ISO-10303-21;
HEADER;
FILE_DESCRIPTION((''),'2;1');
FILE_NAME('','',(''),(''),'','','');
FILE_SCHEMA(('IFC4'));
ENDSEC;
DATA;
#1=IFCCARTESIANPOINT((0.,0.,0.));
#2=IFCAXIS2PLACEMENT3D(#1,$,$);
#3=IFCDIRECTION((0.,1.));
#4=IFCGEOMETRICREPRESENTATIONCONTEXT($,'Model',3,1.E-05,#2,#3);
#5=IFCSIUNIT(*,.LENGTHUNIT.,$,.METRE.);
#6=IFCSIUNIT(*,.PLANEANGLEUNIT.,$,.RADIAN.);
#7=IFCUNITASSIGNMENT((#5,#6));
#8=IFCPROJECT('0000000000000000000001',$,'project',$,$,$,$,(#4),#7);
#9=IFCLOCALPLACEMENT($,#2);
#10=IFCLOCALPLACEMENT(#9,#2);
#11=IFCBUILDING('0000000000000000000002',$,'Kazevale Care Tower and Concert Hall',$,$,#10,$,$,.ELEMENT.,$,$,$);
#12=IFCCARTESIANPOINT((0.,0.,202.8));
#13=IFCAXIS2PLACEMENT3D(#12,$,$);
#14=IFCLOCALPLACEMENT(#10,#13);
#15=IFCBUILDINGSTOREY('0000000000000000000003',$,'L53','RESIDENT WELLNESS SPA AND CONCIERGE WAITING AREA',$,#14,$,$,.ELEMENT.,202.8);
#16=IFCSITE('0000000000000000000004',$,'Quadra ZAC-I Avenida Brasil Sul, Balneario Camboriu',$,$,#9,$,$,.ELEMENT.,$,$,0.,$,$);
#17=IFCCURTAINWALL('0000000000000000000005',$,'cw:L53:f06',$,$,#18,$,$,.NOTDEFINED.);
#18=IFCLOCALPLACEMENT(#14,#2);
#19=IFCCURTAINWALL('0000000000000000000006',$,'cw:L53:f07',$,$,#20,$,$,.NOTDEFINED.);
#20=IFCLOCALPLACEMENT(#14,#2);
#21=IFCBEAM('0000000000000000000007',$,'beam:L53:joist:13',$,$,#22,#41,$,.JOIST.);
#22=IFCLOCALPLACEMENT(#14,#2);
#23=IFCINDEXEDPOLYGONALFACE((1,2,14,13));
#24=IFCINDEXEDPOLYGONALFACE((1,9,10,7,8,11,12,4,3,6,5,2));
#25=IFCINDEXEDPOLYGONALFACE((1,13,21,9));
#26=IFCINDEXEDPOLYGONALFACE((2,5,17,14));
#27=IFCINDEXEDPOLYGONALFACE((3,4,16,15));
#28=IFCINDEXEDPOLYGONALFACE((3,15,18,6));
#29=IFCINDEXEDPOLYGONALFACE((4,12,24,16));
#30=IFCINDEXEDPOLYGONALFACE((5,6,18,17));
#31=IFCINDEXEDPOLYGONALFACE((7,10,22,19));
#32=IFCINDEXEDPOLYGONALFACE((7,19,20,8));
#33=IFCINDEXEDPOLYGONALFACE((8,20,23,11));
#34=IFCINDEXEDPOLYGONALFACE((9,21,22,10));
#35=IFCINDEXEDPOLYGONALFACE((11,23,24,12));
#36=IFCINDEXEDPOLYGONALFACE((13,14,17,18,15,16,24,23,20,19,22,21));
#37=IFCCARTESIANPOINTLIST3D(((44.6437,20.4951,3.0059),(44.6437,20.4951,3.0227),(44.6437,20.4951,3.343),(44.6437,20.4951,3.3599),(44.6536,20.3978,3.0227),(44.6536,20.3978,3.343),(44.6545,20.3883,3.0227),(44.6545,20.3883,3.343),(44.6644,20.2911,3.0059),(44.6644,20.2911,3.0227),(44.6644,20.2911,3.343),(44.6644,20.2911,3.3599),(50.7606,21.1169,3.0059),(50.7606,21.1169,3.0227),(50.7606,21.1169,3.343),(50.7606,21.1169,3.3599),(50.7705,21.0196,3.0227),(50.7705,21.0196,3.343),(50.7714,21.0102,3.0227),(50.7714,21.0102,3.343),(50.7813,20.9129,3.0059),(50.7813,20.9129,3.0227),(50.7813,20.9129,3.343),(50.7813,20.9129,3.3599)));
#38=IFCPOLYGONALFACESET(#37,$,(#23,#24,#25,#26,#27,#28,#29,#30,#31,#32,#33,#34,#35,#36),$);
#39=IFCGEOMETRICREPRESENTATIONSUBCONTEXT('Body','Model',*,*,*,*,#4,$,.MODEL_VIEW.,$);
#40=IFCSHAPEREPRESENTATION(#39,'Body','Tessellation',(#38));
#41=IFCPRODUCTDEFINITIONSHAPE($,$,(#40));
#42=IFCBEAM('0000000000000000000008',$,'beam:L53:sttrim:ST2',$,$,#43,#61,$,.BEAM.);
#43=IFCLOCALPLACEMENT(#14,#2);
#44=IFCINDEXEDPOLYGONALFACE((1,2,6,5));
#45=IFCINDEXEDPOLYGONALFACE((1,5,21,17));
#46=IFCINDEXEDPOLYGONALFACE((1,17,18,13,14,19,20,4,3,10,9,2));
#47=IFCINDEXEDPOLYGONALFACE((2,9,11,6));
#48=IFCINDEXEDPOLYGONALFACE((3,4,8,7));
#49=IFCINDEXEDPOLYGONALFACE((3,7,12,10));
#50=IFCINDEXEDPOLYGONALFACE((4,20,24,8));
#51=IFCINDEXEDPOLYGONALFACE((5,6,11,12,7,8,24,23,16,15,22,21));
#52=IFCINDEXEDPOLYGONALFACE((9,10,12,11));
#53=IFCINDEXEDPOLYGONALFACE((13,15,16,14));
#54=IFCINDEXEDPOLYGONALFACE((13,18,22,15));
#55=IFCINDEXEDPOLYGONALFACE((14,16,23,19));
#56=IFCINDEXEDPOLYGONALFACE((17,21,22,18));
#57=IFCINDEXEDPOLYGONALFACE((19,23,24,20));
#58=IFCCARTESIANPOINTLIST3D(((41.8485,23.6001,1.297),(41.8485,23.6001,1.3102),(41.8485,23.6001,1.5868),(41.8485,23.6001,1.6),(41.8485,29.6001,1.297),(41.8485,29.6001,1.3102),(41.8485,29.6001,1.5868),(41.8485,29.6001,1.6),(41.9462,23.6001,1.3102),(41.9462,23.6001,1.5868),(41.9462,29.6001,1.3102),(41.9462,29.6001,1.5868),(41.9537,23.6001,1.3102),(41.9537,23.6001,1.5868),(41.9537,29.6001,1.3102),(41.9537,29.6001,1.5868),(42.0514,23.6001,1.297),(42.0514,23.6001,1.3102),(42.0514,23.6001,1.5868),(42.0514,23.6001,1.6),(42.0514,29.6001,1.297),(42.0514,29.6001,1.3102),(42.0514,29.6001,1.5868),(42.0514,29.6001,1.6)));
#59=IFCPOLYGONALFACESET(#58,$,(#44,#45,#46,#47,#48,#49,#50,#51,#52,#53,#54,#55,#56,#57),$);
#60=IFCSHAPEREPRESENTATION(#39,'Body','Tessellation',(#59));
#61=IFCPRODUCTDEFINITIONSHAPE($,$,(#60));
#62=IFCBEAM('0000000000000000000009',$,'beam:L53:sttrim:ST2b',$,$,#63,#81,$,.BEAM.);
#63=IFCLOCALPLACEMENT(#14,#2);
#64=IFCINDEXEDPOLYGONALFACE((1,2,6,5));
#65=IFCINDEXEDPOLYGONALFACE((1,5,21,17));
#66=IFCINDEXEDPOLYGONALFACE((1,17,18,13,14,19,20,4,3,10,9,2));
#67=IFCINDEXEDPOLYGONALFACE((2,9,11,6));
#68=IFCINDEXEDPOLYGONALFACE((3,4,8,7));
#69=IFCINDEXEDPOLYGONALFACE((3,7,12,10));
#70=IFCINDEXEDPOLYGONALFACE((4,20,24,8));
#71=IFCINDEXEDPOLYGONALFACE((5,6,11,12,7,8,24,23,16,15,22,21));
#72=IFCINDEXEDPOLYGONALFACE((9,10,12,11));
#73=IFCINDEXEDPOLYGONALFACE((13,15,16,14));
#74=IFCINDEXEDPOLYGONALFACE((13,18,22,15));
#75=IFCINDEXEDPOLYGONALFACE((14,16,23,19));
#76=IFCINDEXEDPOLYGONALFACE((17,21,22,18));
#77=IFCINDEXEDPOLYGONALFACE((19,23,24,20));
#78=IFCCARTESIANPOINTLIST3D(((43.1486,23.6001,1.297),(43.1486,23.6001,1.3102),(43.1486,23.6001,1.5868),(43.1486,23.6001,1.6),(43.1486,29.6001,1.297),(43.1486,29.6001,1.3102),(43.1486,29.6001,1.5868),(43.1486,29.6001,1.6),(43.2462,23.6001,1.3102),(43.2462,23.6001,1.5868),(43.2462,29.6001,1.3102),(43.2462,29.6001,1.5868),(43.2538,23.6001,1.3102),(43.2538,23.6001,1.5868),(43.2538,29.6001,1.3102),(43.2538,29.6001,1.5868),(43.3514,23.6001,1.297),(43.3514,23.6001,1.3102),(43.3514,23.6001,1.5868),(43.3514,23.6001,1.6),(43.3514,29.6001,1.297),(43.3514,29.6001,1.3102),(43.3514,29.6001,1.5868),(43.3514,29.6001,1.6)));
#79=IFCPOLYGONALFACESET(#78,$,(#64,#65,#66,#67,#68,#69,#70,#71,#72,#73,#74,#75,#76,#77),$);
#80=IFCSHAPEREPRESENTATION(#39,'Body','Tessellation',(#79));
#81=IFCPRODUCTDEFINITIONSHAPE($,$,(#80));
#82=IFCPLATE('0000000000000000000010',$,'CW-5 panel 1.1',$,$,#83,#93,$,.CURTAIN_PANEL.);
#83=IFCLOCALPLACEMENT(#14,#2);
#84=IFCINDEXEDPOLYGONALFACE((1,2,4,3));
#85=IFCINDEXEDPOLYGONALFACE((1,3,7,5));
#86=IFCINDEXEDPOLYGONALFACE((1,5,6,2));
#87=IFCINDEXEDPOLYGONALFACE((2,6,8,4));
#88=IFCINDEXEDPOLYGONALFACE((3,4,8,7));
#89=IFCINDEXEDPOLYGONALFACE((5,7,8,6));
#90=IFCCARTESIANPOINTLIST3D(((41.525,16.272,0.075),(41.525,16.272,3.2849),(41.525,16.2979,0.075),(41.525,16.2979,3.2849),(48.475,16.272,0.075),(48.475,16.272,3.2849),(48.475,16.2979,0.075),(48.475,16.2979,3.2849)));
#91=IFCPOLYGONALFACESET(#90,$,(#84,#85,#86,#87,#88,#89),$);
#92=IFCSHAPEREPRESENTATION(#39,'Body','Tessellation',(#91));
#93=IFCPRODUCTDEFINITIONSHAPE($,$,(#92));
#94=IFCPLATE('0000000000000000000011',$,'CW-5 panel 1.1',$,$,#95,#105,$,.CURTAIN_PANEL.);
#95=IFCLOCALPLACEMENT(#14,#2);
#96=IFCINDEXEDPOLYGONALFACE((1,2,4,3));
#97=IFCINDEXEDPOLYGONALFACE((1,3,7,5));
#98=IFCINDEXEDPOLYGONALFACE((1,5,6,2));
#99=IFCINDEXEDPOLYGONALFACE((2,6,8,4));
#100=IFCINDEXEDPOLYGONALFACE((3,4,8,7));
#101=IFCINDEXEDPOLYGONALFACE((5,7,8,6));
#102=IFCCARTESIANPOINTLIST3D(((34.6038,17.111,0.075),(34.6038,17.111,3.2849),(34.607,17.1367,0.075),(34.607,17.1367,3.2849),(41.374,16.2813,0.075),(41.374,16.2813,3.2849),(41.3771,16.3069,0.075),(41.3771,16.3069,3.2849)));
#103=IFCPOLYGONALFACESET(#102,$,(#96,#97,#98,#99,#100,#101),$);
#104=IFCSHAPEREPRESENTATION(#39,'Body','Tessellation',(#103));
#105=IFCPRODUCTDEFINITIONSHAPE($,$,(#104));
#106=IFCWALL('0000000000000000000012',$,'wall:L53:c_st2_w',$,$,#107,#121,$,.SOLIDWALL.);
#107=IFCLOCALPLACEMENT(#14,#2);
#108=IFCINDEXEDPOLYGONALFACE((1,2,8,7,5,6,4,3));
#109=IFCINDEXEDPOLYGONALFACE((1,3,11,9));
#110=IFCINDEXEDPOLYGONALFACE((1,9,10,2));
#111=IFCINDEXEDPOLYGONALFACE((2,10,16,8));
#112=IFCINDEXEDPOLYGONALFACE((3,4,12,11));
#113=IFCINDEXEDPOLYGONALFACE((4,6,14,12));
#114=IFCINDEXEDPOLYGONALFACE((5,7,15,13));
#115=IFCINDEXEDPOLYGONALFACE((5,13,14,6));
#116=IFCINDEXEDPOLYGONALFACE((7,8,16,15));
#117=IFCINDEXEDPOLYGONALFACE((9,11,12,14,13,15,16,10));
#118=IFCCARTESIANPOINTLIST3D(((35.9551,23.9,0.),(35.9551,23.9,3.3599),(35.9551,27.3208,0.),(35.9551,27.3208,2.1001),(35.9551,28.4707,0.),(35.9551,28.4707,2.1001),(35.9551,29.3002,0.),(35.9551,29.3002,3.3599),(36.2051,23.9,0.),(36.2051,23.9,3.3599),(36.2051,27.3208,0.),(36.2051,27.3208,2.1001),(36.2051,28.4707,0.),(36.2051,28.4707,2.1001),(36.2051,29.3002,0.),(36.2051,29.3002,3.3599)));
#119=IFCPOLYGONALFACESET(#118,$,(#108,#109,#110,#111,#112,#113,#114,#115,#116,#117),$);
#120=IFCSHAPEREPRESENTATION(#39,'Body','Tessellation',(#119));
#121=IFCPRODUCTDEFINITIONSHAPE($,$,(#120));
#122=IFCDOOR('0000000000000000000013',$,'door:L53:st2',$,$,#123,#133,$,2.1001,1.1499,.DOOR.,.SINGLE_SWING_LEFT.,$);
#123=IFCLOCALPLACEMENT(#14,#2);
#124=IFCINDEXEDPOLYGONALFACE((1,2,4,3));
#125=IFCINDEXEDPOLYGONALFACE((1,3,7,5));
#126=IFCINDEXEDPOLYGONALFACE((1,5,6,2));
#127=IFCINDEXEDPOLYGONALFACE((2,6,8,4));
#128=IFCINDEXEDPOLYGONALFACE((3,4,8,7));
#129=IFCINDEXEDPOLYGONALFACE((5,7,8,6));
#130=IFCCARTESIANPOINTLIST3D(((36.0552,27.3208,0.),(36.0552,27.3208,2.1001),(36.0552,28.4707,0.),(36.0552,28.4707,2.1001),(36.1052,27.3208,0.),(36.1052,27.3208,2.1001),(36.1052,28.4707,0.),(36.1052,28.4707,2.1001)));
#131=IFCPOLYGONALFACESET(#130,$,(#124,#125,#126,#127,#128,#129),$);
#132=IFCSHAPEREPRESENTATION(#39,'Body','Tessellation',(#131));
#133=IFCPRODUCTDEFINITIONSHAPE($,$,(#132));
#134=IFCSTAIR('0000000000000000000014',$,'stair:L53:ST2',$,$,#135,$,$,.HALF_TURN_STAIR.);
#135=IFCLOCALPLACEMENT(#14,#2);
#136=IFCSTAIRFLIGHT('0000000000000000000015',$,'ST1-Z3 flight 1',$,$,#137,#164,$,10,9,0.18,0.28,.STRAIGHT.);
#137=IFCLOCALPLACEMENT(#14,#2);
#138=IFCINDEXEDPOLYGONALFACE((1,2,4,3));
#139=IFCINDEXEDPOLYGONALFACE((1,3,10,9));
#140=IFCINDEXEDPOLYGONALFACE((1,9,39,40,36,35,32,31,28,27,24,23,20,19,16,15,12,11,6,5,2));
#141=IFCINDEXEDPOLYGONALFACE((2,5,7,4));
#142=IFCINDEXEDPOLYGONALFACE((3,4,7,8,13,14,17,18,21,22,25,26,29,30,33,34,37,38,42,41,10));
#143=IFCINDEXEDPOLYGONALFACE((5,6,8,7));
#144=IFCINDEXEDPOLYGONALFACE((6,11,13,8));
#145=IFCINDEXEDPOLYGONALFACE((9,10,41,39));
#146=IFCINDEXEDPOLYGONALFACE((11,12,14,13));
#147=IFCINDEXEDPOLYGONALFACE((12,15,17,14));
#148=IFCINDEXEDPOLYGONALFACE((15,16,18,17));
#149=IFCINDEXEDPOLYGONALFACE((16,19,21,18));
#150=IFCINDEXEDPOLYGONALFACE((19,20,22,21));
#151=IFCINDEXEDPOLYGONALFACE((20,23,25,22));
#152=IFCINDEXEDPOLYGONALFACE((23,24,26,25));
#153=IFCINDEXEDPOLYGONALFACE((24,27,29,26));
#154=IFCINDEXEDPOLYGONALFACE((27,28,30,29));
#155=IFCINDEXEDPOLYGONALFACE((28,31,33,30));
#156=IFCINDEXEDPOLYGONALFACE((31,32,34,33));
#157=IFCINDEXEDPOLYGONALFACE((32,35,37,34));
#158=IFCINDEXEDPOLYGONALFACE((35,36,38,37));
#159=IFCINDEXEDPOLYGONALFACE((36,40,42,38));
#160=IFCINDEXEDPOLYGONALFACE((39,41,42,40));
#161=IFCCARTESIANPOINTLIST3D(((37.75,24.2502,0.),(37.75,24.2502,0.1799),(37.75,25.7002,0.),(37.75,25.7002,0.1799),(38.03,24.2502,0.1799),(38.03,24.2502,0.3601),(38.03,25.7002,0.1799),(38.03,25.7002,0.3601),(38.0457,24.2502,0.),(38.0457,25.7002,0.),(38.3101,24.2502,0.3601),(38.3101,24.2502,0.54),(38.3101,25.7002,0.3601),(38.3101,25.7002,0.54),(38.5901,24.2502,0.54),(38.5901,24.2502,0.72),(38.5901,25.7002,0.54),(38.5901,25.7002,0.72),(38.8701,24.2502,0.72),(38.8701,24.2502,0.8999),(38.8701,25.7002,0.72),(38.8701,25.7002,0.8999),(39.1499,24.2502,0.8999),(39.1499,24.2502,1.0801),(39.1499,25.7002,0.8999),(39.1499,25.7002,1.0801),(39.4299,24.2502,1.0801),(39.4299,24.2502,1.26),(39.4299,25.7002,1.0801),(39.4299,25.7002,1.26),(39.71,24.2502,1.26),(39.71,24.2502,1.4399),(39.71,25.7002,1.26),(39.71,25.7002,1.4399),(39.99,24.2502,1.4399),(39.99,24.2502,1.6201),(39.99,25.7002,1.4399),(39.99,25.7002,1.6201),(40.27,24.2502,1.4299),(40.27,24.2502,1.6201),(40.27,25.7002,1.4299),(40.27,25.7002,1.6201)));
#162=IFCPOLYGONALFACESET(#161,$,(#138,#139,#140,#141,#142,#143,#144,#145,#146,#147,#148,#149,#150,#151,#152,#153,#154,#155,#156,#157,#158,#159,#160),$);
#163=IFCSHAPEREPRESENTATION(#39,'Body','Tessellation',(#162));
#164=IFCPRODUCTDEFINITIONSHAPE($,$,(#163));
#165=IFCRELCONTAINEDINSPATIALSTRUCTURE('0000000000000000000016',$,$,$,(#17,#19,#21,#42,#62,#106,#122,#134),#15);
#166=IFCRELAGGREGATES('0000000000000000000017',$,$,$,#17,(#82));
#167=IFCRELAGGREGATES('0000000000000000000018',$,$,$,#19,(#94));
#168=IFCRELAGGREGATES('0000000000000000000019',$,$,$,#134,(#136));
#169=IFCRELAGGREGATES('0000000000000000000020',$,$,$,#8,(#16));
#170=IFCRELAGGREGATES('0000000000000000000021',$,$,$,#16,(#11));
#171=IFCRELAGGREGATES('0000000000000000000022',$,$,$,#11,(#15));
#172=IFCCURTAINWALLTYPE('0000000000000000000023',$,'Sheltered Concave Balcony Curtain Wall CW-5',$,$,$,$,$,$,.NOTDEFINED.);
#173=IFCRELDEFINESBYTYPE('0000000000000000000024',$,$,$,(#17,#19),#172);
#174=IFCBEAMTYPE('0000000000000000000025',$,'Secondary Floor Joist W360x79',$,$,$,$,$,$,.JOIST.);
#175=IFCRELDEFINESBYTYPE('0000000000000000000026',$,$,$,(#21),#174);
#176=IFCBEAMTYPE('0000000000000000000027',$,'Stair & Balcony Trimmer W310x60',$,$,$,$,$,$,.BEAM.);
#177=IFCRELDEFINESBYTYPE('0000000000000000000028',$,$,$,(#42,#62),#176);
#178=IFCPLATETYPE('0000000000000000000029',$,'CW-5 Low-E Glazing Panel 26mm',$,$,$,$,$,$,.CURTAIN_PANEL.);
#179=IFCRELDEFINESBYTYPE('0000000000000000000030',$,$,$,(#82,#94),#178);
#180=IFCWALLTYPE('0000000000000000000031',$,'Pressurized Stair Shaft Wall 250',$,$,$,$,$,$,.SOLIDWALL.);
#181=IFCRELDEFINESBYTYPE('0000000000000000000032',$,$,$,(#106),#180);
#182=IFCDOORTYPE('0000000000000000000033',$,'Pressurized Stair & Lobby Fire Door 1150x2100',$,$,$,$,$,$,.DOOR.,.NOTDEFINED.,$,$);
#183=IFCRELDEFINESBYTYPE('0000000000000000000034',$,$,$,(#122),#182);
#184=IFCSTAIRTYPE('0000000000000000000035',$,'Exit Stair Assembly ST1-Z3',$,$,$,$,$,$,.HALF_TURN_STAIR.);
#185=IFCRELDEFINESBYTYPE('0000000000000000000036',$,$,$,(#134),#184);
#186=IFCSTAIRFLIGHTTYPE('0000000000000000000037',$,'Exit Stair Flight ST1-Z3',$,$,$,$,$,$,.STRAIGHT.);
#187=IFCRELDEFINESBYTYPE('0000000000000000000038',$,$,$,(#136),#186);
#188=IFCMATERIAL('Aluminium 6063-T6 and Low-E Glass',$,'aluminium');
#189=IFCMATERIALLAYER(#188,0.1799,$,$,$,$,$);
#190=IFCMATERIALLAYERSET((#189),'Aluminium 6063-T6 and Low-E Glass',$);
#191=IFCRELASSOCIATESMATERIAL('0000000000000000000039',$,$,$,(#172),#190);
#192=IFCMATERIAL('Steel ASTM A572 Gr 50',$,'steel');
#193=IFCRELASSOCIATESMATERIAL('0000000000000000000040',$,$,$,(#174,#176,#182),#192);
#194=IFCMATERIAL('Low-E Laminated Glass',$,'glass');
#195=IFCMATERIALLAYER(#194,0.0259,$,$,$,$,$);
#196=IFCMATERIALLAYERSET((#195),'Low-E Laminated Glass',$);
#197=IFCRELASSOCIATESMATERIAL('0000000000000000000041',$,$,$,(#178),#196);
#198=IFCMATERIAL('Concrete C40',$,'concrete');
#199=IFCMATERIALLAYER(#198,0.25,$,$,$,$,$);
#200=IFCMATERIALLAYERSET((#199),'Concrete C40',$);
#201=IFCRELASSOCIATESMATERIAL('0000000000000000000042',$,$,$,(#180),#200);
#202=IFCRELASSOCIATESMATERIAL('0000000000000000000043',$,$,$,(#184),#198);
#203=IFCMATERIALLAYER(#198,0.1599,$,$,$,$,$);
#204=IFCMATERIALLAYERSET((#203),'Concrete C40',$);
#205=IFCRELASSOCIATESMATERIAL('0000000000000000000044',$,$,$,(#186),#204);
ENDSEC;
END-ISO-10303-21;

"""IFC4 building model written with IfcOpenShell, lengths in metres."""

from ifc_helpers import new_model, si_unit, direction, frame, frame_2d, origin, origin_2d, place, context, subcontext, project, spatial, polyline, rectangle, i_section, outline, extrude, material, layer, layer_set, material_profile, profile_set, type_object, element, fill, aggregate, save


model = new_model("IFC4")

# Units and contexts
model_context = context("Model", 3, precision=1e-05, world=origin(), true_north=direction((0.0, 1.0)))
body_context = subcontext(model_context, "Body", "Model", "MODEL_VIEW")
ifc_project = project(units=[si_unit("LENGTHUNIT", "METRE"), si_unit("PLANEANGLEUNIT", "RADIAN")], contexts=[model_context])

# Site, building, storey
site_placement = place(None, origin())
site = spatial("IfcSite", under=ifc_project, at=site_placement, Name="Quadra ZAC-I Avenida Brasil Sul, Balneario Camboriu", CompositionType="ELEMENT", RefElevation=0.0)
building_placement = place(site_placement, origin())
building = spatial("IfcBuilding", under=site, at=building_placement, Name="Kazevale Care Tower and Concert Hall", CompositionType="ELEMENT")
storey_placement = place(building_placement, frame((0.0, 0.0, 202.8)))
storey = spatial("IfcBuildingStorey", under=building, at=storey_placement, Name="L53", Description="RESIDENT WELLNESS SPA AND CONCIERGE WAITING AREA", CompositionType="ELEMENT", Elevation=202.8)

# Curtain wall
ifc_material_1 = material(Name="Aluminium 6063-T6 and Low-E Glass", Category="aluminium")
ifc_layer_1 = layer(ifc_material_1, 0.1799)
ifc_layer_set_1 = layer_set([ifc_layer_1], Name="Aluminium 6063-T6 and Low-E Glass")
curtain_wall_type = type_object("IfcCurtainWallType", Name="Sheltered Concave Balcony Curtain Wall CW-5", PredefinedType="NOTDEFINED", material=ifc_layer_set_1)
curtain_wall_1_placement = place(storey_placement, origin())
curtain_wall_1 = element("IfcCurtainWall", 1, at=curtain_wall_1_placement, inside=storey, type_object=curtain_wall_type, Name="cw:L53:f06", PredefinedType="NOTDEFINED")

# Curtain wall
curtain_wall_2_placement = place(storey_placement, origin())
curtain_wall_2 = element("IfcCurtainWall", 2, at=curtain_wall_2_placement, inside=storey, type_object=curtain_wall_type, Name="cw:L53:f07", PredefinedType="NOTDEFINED")

# Beams
ifc_material_2 = material(Name="Steel ASTM A572 Gr 50", Category="steel")
ifc_material_profile_1 = material_profile(ifc_material_2, i_section(OverallWidth=0.2051, OverallDepth=0.354, WebThickness=0.0095, FlangeThickness=0.0168, at=origin_2d()), Name="W360x79")
ifc_profile_set_1 = profile_set([ifc_material_profile_1], Name="Steel ASTM A572 Gr 50")
beam_type_1 = type_object("IfcBeamType", Name="Secondary Floor Joist W360x79", PredefinedType="JOIST", material=ifc_profile_set_1)
beam_1_placement = place(storey_placement, frame((44.6541, 20.3931, 3.1829), z_axis=(0.994873, 0.101135, 0.0), x_axis=(-0.101135, 0.994873, 0.0)))
element("IfcBeam", 3, at=beam_1_placement, inside=storey, type_object=beam_type_1, Name="beam:L53:joist:13", PredefinedType="JOIST", context=body_context, shape_type="SweptSolid", body=[
    extrude(i_section(OverallWidth=0.2051, OverallDepth=0.354, WebThickness=0.0095, FlangeThickness=0.0168, at=origin_2d()), origin(), (0.0, 0.0, 1.0), 6.1484),
])
ifc_material_profile_2 = material_profile(ifc_material_2, i_section(OverallWidth=0.2029, OverallDepth=0.303, WebThickness=0.0076, FlangeThickness=0.0132, at=origin_2d()), Name="W310x60")
ifc_profile_set_2 = profile_set([ifc_material_profile_2], Name="Steel ASTM A572 Gr 50")
beam_type_2 = type_object("IfcBeamType", Name="Stair & Balcony Trimmer W310x60", PredefinedType="BEAM", material=ifc_profile_set_2)
for number, where, z_axis, x_axis, name in (
    (4, (41.95, 23.6001, 1.4485), (0.0, 1.0, 0.0), (-1.0, 0.0, 0.0), "beam:L53:sttrim:ST2"),
    (5, (43.25, 23.6001, 1.4485), (0.0, 1.0, 0.0), (-1.0, 0.0, 0.0), "beam:L53:sttrim:ST2b"),
):
    element("IfcBeam", number, at=place(storey_placement, frame(where, z_axis=z_axis, x_axis=x_axis)), inside=storey, type_object=beam_type_2, Name=name, PredefinedType="BEAM", context=body_context, shape_type="SweptSolid", body=[
        extrude(i_section(OverallWidth=0.2029, OverallDepth=0.303, WebThickness=0.0076, FlangeThickness=0.0132, at=origin_2d()), origin(), (0.0, 0.0, 1.0), 6.0),
    ])

# Plates
ifc_material_3 = material(Name="Low-E Laminated Glass", Category="glass")
ifc_layer_2 = layer(ifc_material_3, 0.0259)
ifc_layer_set_2 = layer_set([ifc_layer_2], Name="Low-E Laminated Glass")
plate_type = type_object("IfcPlateType", Name="CW-5 Low-E Glazing Panel 26mm", PredefinedType="CURTAIN_PANEL", material=ifc_layer_set_2)
plate_1_placement = place(storey_placement, frame((45.0, 16.2849, 0.075), z_axis=(0.0, 0.0, 1.0), x_axis=(-1.0, 0.0, 0.0)))
plate_1 = element("IfcPlate", 6, at=plate_1_placement, type_object=plate_type, Name="CW-5 panel 1.1", PredefinedType="CURTAIN_PANEL", context=body_context, shape_type="SweptSolid", body=[
    extrude(rectangle(XDim=6.95, YDim=0.0259, at=origin_2d()), origin(), (0.0, 0.0, 1.0), 3.21),
])
aggregate(curtain_wall_1, [plate_1])
plate_2_placement = place(storey_placement, frame((37.9905, 16.709, 0.075), z_axis=(0.0, 0.0, 1.0), x_axis=(-0.992573, 0.121651, 0.0)))
plate_2 = element("IfcPlate", 7, at=plate_2_placement, type_object=plate_type, Name="CW-5 panel 1.1", PredefinedType="CURTAIN_PANEL", context=body_context, shape_type="SweptSolid", body=[
    extrude(rectangle(XDim=6.8208, YDim=0.0259, at=origin_2d()), origin(), (0.0, 0.0, 1.0), 3.21),
])
aggregate(curtain_wall_2, [plate_2])

# Wall, opening, door
ifc_material_4 = material(Name="Concrete C40", Category="concrete")
ifc_layer_3 = layer(ifc_material_4, 0.25)
ifc_layer_set_3 = layer_set([ifc_layer_3], Name="Concrete C40")
wall_type_1 = type_object("IfcWallType", Name="Pressurized Stair Shaft Wall 250", PredefinedType="SOLIDWALL", material=ifc_layer_set_3)
wall_1_placement = place(storey_placement, frame((36.0801, 23.8999, 0.0), z_axis=(0.0, 0.0, 1.0), x_axis=(0.0, 1.0, 0.0)))
wall_1 = element("IfcWall", 8, at=wall_1_placement, inside=storey, type_object=wall_type_1, Name="wall:L53:c_st2_w", PredefinedType="SOLIDWALL", context=body_context, shape_type="SweptSolid", body=[
    extrude(rectangle(XDim=5.4001, YDim=0.25, at=frame_2d((2.7002, 0.0))), origin(), (0.0, 0.0, 1.0), 3.3599),
])
opening_1_placement = place(wall_1_placement, frame((3.4209, 0.0, 0.0)))
opening_1 = element("IfcOpeningElement", 9, at=opening_1_placement, cuts=wall_1, PredefinedType="OPENING", context=body_context, shape_type="SweptSolid", body=[
    extrude(rectangle(XDim=1.1499, YDim=2.1001, at=frame_2d((0.575, 1.05))), frame((0.0, 0.135, 0.0), z_axis=(0.0, -1.0, 0.0), x_axis=(1.0, 0.0, 0.0)), (0.0, 0.0, 1.0), 0.27),
])
door_type_1 = type_object("IfcDoorType", Name="Pressurized Stair & Lobby Fire Door 1150x2100", OperationType="NOTDEFINED", PredefinedType="DOOR", material=ifc_material_2)
door_1_placement = place(opening_1_placement, origin())
door_1 = element("IfcDoor", 10, at=door_1_placement, inside=storey, type_object=door_type_1, Name="door:L53:st2", OperationType="SINGLE_SWING_LEFT", OverallHeight=2.1001, OverallWidth=1.1499, PredefinedType="DOOR", context=body_context, shape_type="SweptSolid", body=[
    extrude(rectangle(XDim=1.1499, YDim=2.1001, at=frame_2d((0.575, 1.05))), frame((0.0, 0.0249, 0.0), z_axis=(0.0, -1.0, 0.0), x_axis=(1.0, 0.0, 0.0)), (0.0, 0.0, 1.0), 0.05),
])
fill(opening_1, door_1)

# Stair, stair flight
stair_type = type_object("IfcStairType", Name="Exit Stair Assembly ST1-Z3", PredefinedType="HALF_TURN_STAIR", material=ifc_material_4)
stair_placement = place(storey_placement, origin())
stair = element("IfcStair", 11, at=stair_placement, inside=storey, type_object=stair_type, Name="stair:L53:ST2", PredefinedType="HALF_TURN_STAIR")
ifc_layer_4 = layer(ifc_material_4, 0.1599)
ifc_layer_set_4 = layer_set([ifc_layer_4], Name="Concrete C40")
stair_flight_type = type_object("IfcStairFlightType", Name="Exit Stair Flight ST1-Z3", PredefinedType="STRAIGHT", material=ifc_layer_set_4)
stair_flight_1_placement = place(storey_placement, frame((37.75, 24.9751, 0.0), z_axis=(0.0, 0.0, 1.0), x_axis=(1.0, 0.0, 0.0)))
stair_flight_1 = element("IfcStairFlight", 12, at=stair_flight_1_placement, type_object=stair_flight_type, Name="ST1-Z3 flight 1", NumberOfRisers=10, NumberOfTreads=9, PredefinedType="STRAIGHT", RiserHeight=0.18, TreadLength=0.28, context=body_context, shape_type="SweptSolid", body=[
    extrude(outline(polyline([(0.0, 0.0), (0.0, 0.1799), (0.28, 0.1799), (0.28, 0.3601), (0.5601, 0.3601), (0.5601, 0.54), (0.8401, 0.54), (0.8401, 0.72), (1.1201, 0.72), (1.1201, 0.8999), (1.3999, 0.8999), (1.3999, 1.0801), (1.6799, 1.0801), (1.6799, 1.26), (1.96, 1.26), (1.96, 1.4399), (2.24, 1.4399), (2.24, 1.6201), (2.52, 1.6201), (2.52, 1.8), (2.52, 1.4299), (0.2957, 0.0), (0.0, 0.0)])), frame((0.0, 0.7251, 0.0), z_axis=(0.0, -1.0, 0.0), x_axis=(1.0, 0.0, 0.0)), (0.0, 0.0, 1.0), 1.45),
])
aggregate(stair, [stair_flight_1])

save(model, "model.ifc")
